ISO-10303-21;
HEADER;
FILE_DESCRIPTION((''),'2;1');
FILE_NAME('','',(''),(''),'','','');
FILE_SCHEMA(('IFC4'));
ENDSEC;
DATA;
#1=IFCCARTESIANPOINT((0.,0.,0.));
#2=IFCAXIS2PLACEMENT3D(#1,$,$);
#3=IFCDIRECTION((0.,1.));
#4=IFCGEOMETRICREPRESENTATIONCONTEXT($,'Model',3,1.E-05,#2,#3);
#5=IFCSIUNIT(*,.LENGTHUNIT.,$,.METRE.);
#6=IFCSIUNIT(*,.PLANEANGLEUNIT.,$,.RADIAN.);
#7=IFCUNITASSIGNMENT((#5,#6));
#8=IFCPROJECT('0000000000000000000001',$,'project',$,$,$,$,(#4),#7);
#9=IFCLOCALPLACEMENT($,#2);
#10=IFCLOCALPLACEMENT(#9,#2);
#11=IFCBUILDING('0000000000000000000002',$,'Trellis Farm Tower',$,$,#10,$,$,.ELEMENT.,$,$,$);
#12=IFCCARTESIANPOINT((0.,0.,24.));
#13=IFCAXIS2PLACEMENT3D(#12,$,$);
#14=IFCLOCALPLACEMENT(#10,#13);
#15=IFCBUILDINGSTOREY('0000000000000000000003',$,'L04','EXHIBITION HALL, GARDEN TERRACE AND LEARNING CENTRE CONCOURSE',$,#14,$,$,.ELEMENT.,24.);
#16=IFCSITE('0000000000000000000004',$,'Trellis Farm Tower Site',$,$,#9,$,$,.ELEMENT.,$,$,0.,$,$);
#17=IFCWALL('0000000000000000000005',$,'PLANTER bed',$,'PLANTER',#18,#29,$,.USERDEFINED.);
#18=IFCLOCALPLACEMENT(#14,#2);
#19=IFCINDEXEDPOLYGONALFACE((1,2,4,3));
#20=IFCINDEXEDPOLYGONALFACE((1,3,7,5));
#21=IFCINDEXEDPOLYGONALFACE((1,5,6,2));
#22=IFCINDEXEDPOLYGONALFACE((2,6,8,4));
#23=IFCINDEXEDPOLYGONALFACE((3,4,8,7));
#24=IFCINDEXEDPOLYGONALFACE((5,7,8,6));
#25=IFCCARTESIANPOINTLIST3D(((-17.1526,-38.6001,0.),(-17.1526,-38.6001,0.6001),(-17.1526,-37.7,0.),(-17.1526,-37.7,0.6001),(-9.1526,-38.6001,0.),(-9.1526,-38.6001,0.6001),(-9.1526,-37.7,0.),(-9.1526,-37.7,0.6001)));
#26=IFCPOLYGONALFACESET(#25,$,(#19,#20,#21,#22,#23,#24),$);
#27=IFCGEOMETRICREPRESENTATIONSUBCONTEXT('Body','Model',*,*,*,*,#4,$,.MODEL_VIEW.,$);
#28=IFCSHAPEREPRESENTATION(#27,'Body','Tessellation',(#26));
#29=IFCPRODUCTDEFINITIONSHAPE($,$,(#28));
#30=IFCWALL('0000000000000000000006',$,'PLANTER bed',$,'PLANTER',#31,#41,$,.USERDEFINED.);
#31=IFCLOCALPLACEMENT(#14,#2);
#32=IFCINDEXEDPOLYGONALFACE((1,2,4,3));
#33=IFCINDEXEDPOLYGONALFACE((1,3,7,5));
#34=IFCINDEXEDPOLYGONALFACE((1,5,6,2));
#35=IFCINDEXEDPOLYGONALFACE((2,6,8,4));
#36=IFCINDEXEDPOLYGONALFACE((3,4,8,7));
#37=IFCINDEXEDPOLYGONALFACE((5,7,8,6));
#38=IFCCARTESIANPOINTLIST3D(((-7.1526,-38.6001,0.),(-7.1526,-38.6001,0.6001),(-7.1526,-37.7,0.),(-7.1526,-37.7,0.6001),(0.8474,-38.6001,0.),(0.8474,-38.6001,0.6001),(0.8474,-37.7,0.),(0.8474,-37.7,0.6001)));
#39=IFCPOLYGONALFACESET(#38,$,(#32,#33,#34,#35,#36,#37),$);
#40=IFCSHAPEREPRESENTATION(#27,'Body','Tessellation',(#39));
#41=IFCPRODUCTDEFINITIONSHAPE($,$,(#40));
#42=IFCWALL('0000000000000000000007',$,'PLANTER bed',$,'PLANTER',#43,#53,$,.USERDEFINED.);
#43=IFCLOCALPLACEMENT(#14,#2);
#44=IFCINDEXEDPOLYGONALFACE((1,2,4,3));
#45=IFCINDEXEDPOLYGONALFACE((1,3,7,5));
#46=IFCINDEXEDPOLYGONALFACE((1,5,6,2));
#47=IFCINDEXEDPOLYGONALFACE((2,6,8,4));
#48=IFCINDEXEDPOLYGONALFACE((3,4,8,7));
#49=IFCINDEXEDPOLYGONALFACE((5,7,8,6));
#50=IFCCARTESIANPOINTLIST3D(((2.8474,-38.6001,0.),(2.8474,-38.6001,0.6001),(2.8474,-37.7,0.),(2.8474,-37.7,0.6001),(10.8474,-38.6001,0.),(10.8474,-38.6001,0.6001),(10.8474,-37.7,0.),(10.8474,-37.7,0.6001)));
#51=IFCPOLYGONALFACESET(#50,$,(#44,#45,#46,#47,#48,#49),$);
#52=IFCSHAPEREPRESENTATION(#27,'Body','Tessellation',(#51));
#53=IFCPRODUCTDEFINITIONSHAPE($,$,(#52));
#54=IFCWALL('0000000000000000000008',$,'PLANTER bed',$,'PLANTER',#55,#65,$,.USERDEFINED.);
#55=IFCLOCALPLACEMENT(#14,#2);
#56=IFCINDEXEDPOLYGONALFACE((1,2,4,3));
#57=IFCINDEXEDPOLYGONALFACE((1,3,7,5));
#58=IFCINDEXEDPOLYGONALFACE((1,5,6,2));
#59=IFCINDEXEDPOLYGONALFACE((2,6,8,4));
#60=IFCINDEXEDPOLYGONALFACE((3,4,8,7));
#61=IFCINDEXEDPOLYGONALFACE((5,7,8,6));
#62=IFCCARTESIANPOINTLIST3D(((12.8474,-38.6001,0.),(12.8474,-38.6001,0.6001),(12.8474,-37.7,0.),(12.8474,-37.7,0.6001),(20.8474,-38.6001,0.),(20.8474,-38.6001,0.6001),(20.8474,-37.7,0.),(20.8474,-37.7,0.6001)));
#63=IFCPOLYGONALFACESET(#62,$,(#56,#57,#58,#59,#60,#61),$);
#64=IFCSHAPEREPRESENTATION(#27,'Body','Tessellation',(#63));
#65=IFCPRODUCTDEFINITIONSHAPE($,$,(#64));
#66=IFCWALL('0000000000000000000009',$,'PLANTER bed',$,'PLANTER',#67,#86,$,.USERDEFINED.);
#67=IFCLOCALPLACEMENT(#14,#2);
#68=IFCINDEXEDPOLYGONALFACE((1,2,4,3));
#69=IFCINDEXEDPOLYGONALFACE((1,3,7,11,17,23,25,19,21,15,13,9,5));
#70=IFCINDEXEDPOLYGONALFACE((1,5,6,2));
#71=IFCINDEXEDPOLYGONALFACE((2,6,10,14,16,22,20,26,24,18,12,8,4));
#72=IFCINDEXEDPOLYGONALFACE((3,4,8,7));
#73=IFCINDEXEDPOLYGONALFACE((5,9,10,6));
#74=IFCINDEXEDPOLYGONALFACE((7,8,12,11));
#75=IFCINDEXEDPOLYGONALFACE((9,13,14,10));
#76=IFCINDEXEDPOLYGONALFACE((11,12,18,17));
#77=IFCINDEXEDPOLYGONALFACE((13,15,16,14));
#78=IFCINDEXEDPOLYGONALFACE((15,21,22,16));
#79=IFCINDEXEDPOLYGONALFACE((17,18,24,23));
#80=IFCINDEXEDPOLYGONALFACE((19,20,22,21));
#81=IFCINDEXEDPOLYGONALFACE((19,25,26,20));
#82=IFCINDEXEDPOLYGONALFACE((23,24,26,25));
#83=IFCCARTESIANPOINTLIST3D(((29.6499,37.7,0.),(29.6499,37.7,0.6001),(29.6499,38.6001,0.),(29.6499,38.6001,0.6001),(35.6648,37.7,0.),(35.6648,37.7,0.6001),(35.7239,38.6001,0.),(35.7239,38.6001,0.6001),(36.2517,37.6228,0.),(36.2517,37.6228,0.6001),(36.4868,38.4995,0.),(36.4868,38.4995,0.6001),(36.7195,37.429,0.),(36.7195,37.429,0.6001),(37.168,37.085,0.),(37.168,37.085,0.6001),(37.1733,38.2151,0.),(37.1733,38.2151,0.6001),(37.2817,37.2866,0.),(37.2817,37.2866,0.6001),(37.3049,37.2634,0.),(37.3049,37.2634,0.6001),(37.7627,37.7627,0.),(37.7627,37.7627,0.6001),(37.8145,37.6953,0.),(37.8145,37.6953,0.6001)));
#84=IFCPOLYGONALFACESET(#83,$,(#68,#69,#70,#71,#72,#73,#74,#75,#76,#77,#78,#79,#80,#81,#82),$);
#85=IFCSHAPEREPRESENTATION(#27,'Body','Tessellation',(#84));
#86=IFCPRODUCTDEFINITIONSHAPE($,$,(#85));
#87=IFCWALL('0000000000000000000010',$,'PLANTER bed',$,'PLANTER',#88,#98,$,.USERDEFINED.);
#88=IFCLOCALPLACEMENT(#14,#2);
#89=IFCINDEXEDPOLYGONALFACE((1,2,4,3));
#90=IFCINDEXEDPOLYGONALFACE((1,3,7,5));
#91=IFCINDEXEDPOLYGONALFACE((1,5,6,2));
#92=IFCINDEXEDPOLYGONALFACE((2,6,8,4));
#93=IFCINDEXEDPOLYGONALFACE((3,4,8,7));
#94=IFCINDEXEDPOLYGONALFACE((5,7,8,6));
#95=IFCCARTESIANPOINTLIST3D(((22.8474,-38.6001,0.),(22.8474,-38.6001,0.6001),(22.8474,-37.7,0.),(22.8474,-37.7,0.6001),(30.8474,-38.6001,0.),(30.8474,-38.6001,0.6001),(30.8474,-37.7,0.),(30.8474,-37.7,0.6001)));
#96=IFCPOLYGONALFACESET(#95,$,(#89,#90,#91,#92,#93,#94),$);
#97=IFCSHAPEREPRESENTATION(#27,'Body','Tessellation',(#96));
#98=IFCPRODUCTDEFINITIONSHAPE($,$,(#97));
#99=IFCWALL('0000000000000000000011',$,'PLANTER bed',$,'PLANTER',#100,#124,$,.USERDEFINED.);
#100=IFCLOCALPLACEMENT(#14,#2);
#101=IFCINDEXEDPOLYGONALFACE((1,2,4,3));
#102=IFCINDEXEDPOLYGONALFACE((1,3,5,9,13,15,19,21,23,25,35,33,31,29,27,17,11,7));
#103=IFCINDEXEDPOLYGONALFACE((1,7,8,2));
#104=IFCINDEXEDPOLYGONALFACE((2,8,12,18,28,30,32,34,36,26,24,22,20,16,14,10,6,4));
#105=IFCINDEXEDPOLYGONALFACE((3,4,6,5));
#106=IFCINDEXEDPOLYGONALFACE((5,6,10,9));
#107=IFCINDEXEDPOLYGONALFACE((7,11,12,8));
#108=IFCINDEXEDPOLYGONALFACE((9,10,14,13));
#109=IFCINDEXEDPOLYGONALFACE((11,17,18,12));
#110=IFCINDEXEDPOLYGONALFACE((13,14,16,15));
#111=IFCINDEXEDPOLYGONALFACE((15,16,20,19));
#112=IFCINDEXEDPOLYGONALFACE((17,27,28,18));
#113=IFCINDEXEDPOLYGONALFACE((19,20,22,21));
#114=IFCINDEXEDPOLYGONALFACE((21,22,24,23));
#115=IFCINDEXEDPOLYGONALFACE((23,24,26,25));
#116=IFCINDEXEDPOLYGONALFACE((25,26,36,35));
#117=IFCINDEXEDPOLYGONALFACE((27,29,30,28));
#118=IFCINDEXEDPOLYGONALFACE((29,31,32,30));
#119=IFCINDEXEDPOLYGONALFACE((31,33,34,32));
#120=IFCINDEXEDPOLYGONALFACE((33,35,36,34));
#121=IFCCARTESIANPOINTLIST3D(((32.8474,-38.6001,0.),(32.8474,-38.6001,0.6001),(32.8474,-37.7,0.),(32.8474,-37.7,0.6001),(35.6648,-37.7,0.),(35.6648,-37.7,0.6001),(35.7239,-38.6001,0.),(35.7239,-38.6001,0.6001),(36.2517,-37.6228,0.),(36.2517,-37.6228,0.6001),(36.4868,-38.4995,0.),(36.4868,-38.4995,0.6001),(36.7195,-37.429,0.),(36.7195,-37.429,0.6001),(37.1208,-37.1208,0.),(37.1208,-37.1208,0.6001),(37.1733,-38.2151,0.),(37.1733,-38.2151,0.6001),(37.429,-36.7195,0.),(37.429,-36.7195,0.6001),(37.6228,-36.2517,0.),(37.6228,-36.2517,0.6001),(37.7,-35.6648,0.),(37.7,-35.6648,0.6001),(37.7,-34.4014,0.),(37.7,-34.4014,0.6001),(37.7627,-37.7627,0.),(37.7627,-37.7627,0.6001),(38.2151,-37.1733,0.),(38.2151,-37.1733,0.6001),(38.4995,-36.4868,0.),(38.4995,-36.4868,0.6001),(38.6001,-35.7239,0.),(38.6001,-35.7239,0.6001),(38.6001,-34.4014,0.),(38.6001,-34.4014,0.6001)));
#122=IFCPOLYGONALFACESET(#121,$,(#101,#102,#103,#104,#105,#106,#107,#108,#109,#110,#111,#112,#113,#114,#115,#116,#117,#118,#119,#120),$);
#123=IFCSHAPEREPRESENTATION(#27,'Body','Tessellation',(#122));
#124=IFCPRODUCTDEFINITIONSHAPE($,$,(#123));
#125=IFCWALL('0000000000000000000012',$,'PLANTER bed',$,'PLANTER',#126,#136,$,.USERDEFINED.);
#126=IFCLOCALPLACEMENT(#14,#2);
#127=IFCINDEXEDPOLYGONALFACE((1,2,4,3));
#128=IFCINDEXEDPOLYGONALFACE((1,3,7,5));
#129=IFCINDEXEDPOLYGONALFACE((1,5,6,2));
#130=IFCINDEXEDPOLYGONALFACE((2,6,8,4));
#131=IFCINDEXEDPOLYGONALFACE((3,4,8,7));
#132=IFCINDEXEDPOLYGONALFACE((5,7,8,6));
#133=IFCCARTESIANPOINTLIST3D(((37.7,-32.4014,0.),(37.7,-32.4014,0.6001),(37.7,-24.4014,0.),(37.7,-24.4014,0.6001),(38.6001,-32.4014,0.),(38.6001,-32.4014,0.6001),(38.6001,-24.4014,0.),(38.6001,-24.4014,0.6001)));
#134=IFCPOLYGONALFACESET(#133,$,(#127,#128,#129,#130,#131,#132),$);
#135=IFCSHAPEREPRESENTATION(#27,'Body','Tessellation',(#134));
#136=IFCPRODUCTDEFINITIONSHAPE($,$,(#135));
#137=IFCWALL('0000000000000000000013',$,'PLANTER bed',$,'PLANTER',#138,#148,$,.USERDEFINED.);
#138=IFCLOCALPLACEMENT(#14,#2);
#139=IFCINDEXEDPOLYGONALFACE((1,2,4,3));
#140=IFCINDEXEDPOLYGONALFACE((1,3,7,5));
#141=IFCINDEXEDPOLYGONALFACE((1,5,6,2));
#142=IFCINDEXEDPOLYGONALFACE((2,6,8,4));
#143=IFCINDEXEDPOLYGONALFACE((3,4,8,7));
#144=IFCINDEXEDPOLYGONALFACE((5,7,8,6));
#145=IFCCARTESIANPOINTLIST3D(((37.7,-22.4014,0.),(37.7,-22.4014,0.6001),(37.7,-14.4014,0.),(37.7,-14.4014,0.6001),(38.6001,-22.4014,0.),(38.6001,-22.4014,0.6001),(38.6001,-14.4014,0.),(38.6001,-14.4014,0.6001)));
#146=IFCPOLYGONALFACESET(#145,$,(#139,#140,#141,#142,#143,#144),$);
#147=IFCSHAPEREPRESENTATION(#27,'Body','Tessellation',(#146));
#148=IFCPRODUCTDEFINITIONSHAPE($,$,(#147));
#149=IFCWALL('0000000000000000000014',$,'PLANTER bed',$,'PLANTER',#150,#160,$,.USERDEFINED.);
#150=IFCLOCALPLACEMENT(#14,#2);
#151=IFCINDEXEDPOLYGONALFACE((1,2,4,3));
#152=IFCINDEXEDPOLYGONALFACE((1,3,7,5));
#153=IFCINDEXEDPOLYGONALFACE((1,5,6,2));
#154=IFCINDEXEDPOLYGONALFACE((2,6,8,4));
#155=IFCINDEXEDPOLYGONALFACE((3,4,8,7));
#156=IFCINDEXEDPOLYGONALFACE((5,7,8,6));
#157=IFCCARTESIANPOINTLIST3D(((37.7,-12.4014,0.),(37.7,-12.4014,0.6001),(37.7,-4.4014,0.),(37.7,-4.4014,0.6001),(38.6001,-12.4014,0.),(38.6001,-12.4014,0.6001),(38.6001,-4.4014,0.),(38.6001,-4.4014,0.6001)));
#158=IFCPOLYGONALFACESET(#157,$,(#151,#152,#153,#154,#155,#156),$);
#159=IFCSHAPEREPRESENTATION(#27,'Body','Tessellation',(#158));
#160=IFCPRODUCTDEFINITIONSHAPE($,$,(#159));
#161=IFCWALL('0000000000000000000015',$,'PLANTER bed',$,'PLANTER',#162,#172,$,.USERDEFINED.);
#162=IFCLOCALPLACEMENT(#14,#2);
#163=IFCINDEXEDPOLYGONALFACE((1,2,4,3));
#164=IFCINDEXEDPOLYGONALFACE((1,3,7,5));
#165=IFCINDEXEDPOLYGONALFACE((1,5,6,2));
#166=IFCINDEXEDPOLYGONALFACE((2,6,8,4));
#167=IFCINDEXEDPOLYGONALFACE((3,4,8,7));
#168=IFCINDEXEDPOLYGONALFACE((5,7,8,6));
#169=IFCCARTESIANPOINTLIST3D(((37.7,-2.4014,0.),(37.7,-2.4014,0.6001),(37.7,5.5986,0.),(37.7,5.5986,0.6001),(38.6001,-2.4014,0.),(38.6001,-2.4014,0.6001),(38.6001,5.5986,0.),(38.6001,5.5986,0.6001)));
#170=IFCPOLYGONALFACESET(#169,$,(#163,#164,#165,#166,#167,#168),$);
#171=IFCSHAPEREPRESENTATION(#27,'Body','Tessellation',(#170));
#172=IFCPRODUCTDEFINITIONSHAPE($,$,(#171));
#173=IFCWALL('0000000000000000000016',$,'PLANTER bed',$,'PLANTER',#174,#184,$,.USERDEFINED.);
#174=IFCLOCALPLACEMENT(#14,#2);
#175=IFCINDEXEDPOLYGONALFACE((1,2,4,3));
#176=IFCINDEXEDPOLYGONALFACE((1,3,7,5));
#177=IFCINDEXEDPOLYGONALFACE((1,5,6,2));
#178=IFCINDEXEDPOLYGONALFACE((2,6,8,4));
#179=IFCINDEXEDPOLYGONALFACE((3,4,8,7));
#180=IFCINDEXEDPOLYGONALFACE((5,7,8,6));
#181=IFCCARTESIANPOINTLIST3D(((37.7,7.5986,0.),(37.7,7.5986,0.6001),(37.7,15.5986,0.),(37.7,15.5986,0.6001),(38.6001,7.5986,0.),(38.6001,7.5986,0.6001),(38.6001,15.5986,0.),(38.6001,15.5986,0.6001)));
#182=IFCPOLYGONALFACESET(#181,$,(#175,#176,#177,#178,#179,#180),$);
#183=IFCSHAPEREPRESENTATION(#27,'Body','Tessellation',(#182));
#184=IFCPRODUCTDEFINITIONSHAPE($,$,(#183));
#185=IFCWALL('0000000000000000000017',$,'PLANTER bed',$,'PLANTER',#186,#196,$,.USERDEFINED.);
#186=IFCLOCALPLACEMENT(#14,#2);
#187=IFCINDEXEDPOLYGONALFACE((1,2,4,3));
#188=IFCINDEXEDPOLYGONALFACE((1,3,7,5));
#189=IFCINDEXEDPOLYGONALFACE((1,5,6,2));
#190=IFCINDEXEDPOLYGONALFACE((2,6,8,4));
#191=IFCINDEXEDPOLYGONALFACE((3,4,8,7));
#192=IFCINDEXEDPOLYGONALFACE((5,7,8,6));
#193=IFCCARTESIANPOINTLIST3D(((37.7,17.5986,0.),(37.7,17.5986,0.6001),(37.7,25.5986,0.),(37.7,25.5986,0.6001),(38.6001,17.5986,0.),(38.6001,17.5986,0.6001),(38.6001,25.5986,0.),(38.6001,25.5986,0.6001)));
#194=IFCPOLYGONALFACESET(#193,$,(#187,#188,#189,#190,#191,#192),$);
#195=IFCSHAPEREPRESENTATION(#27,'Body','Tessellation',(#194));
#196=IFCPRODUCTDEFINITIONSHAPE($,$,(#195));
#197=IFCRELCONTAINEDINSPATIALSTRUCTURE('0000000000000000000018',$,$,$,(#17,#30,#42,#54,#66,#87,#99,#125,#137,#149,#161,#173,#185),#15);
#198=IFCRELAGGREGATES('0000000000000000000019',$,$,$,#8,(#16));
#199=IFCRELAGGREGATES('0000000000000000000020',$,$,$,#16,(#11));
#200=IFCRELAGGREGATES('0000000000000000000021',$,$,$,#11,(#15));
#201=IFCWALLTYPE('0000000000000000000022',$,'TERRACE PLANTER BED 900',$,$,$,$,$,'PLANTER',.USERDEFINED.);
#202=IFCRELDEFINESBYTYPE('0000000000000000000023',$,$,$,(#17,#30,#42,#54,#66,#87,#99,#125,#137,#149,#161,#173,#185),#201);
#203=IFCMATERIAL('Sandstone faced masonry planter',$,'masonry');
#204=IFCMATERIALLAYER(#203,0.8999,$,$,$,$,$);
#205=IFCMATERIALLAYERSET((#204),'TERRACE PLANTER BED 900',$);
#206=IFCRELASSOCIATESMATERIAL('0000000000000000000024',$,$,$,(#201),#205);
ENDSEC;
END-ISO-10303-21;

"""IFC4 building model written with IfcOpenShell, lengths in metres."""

from ifc_helpers import new_model, si_unit, direction, frame, origin, place, context, subcontext, project, spatial, polyline, outline, extrude, material, layer, layer_set, type_object, element, save


model = new_model("IFC4")

# Units and contexts
model_context = context("Model", 3, precision=1e-05, world=origin(), true_north=direction((0.0, 1.0)))
body_context = subcontext(model_context, "Body", "Model", "MODEL_VIEW")
ifc_project = project(units=[si_unit("LENGTHUNIT", "METRE"), si_unit("PLANEANGLEUNIT", "RADIAN")], contexts=[model_context])

# Site, building, storey
site_placement = place(None, origin())
site = spatial("IfcSite", under=ifc_project, at=site_placement, Name="Trellis Farm Tower Site", CompositionType="ELEMENT", RefElevation=0.0)
building_placement = place(site_placement, origin())
building = spatial("IfcBuilding", under=site, at=building_placement, Name="Trellis Farm Tower", CompositionType="ELEMENT")
storey_placement = place(building_placement, frame((0.0, 0.0, 24.0)))
storey = spatial("IfcBuildingStorey", under=building, at=storey_placement, Name="L04", Description="EXHIBITION HALL, GARDEN TERRACE AND LEARNING CENTRE CONCOURSE", CompositionType="ELEMENT", Elevation=24.0)

# Walls
placement_1 = place(storey_placement, origin())
ifc_material_1 = material(Name="Sandstone faced masonry planter", Category="masonry")
ifc_layer_1 = layer(ifc_material_1, 0.8999)
ifc_layer_set_1 = layer_set([ifc_layer_1], Name="TERRACE PLANTER BED 900")
wall_type_1 = type_object("IfcWallType", Name="TERRACE PLANTER BED 900", ElementType="PLANTER", PredefinedType="USERDEFINED", material=ifc_layer_set_1)
element("IfcWall", 1, at=placement_1, inside=storey, type_object=wall_type_1, Name="PLANTER bed", ObjectType="PLANTER", PredefinedType="USERDEFINED", context=body_context, shape_type="SweptSolid", body=[
    extrude(outline(polyline([(-17.1526, -37.7), (-9.1526, -37.7), (-9.1526, -38.6001), (-17.1526, -38.6001), (-17.1526, -37.7)])), origin(), (0.0, 0.0, 1.0), 0.6001),
])
element("IfcWall", 2, at=placement_1, inside=storey, type_object=wall_type_1, Name="PLANTER bed", ObjectType="PLANTER", PredefinedType="USERDEFINED", context=body_context, shape_type="SweptSolid", body=[
    extrude(outline(polyline([(-7.1526, -37.7), (0.8474, -37.7), (0.8474, -38.6001), (-7.1526, -38.6001), (-7.1526, -37.7)])), origin(), (0.0, 0.0, 1.0), 0.6001),
])
element("IfcWall", 3, at=placement_1, inside=storey, type_object=wall_type_1, Name="PLANTER bed", ObjectType="PLANTER", PredefinedType="USERDEFINED", context=body_context, shape_type="SweptSolid", body=[
    extrude(outline(polyline([(2.8474, -37.7), (10.8474, -37.7), (10.8474, -38.6001), (2.8474, -38.6001), (2.8474, -37.7)])), origin(), (0.0, 0.0, 1.0), 0.6001),
])
element("IfcWall", 4, at=placement_1, inside=storey, type_object=wall_type_1, Name="PLANTER bed", ObjectType="PLANTER", PredefinedType="USERDEFINED", context=body_context, shape_type="SweptSolid", body=[
    extrude(outline(polyline([(12.8474, -37.7), (20.8474, -37.7), (20.8474, -38.6001), (12.8474, -38.6001), (12.8474, -37.7)])), origin(), (0.0, 0.0, 1.0), 0.6001),
])
element("IfcWall", 5, at=placement_1, inside=storey, type_object=wall_type_1, Name="PLANTER bed", ObjectType="PLANTER", PredefinedType="USERDEFINED", context=body_context, shape_type="SweptSolid", body=[
    extrude(outline(polyline([(36.4868, 38.4995), (37.1733, 38.2151), (37.7627, 37.7627), (37.8145, 37.6953), (37.2817, 37.2866), (37.3049, 37.2634), (37.168, 37.085), (36.7195, 37.429), (36.2517, 37.6228), (35.6648, 37.7), (29.6499, 37.7), (29.6499, 38.6001), (35.7239, 38.6001), (36.4868, 38.4995)])), origin(), (0.0, 0.0, 1.0), 0.6001),
])
element("IfcWall", 6, at=placement_1, inside=storey, type_object=wall_type_1, Name="PLANTER bed", ObjectType="PLANTER", PredefinedType="USERDEFINED", context=body_context, shape_type="SweptSolid", body=[
    extrude(outline(polyline([(22.8474, -37.7), (30.8474, -37.7), (30.8474, -38.6001), (22.8474, -38.6001), (22.8474, -37.7)])), origin(), (0.0, 0.0, 1.0), 0.6001),
])
element("IfcWall", 7, at=placement_1, inside=storey, type_object=wall_type_1, Name="PLANTER bed", ObjectType="PLANTER", PredefinedType="USERDEFINED", context=body_context, shape_type="SweptSolid", body=[
    extrude(outline(polyline([(38.4995, -36.4868), (38.2151, -37.1733), (37.7627, -37.7627), (37.1733, -38.2151), (36.4868, -38.4995), (35.7239, -38.6001), (32.8474, -38.6001), (32.8474, -37.7), (35.6648, -37.7), (36.2517, -37.6228), (36.7195, -37.429), (37.1208, -37.1208), (37.429, -36.7195), (37.6228, -36.2517), (37.7, -35.6648), (37.7, -34.4014), (38.6001, -34.4014), (38.6001, -35.7239), (38.4995, -36.4868)])), origin(), (0.0, 0.0, 1.0), 0.6001),
])
element("IfcWall", 8, at=placement_1, inside=storey, type_object=wall_type_1, Name="PLANTER bed", ObjectType="PLANTER", PredefinedType="USERDEFINED", context=body_context, shape_type="SweptSolid", body=[
    extrude(outline(polyline([(37.7, -32.4014), (37.7, -24.4014), (38.6001, -24.4014), (38.6001, -32.4014), (37.7, -32.4014)])), origin(), (0.0, 0.0, 1.0), 0.6001),
])
element("IfcWall", 9, at=placement_1, inside=storey, type_object=wall_type_1, Name="PLANTER bed", ObjectType="PLANTER", PredefinedType="USERDEFINED", context=body_context, shape_type="SweptSolid", body=[
    extrude(outline(polyline([(37.7, -22.4014), (37.7, -14.4014), (38.6001, -14.4014), (38.6001, -22.4014), (37.7, -22.4014)])), origin(), (0.0, 0.0, 1.0), 0.6001),
])
element("IfcWall", 10, at=placement_1, inside=storey, type_object=wall_type_1, Name="PLANTER bed", ObjectType="PLANTER", PredefinedType="USERDEFINED", context=body_context, shape_type="SweptSolid", body=[
    extrude(outline(polyline([(37.7, -12.4014), (37.7, -4.4014), (38.6001, -4.4014), (38.6001, -12.4014), (37.7, -12.4014)])), origin(), (0.0, 0.0, 1.0), 0.6001),
])
element("IfcWall", 11, at=placement_1, inside=storey, type_object=wall_type_1, Name="PLANTER bed", ObjectType="PLANTER", PredefinedType="USERDEFINED", context=body_context, shape_type="SweptSolid", body=[
    extrude(outline(polyline([(37.7, -2.4014), (37.7, 5.5986), (38.6001, 5.5986), (38.6001, -2.4014), (37.7, -2.4014)])), origin(), (0.0, 0.0, 1.0), 0.6001),
])
element("IfcWall", 12, at=placement_1, inside=storey, type_object=wall_type_1, Name="PLANTER bed", ObjectType="PLANTER", PredefinedType="USERDEFINED", context=body_context, shape_type="SweptSolid", body=[
    extrude(outline(polyline([(37.7, 7.5986), (37.7, 15.5986), (38.6001, 15.5986), (38.6001, 7.5986), (37.7, 7.5986)])), origin(), (0.0, 0.0, 1.0), 0.6001),
])
element("IfcWall", 13, at=placement_1, inside=storey, type_object=wall_type_1, Name="PLANTER bed", ObjectType="PLANTER", PredefinedType="USERDEFINED", context=body_context, shape_type="SweptSolid", body=[
    extrude(outline(polyline([(37.7, 17.5986), (37.7, 25.5986), (38.6001, 25.5986), (38.6001, 17.5986), (37.7, 17.5986)])), origin(), (0.0, 0.0, 1.0), 0.6001),
])

save(model, "model.ifc")
